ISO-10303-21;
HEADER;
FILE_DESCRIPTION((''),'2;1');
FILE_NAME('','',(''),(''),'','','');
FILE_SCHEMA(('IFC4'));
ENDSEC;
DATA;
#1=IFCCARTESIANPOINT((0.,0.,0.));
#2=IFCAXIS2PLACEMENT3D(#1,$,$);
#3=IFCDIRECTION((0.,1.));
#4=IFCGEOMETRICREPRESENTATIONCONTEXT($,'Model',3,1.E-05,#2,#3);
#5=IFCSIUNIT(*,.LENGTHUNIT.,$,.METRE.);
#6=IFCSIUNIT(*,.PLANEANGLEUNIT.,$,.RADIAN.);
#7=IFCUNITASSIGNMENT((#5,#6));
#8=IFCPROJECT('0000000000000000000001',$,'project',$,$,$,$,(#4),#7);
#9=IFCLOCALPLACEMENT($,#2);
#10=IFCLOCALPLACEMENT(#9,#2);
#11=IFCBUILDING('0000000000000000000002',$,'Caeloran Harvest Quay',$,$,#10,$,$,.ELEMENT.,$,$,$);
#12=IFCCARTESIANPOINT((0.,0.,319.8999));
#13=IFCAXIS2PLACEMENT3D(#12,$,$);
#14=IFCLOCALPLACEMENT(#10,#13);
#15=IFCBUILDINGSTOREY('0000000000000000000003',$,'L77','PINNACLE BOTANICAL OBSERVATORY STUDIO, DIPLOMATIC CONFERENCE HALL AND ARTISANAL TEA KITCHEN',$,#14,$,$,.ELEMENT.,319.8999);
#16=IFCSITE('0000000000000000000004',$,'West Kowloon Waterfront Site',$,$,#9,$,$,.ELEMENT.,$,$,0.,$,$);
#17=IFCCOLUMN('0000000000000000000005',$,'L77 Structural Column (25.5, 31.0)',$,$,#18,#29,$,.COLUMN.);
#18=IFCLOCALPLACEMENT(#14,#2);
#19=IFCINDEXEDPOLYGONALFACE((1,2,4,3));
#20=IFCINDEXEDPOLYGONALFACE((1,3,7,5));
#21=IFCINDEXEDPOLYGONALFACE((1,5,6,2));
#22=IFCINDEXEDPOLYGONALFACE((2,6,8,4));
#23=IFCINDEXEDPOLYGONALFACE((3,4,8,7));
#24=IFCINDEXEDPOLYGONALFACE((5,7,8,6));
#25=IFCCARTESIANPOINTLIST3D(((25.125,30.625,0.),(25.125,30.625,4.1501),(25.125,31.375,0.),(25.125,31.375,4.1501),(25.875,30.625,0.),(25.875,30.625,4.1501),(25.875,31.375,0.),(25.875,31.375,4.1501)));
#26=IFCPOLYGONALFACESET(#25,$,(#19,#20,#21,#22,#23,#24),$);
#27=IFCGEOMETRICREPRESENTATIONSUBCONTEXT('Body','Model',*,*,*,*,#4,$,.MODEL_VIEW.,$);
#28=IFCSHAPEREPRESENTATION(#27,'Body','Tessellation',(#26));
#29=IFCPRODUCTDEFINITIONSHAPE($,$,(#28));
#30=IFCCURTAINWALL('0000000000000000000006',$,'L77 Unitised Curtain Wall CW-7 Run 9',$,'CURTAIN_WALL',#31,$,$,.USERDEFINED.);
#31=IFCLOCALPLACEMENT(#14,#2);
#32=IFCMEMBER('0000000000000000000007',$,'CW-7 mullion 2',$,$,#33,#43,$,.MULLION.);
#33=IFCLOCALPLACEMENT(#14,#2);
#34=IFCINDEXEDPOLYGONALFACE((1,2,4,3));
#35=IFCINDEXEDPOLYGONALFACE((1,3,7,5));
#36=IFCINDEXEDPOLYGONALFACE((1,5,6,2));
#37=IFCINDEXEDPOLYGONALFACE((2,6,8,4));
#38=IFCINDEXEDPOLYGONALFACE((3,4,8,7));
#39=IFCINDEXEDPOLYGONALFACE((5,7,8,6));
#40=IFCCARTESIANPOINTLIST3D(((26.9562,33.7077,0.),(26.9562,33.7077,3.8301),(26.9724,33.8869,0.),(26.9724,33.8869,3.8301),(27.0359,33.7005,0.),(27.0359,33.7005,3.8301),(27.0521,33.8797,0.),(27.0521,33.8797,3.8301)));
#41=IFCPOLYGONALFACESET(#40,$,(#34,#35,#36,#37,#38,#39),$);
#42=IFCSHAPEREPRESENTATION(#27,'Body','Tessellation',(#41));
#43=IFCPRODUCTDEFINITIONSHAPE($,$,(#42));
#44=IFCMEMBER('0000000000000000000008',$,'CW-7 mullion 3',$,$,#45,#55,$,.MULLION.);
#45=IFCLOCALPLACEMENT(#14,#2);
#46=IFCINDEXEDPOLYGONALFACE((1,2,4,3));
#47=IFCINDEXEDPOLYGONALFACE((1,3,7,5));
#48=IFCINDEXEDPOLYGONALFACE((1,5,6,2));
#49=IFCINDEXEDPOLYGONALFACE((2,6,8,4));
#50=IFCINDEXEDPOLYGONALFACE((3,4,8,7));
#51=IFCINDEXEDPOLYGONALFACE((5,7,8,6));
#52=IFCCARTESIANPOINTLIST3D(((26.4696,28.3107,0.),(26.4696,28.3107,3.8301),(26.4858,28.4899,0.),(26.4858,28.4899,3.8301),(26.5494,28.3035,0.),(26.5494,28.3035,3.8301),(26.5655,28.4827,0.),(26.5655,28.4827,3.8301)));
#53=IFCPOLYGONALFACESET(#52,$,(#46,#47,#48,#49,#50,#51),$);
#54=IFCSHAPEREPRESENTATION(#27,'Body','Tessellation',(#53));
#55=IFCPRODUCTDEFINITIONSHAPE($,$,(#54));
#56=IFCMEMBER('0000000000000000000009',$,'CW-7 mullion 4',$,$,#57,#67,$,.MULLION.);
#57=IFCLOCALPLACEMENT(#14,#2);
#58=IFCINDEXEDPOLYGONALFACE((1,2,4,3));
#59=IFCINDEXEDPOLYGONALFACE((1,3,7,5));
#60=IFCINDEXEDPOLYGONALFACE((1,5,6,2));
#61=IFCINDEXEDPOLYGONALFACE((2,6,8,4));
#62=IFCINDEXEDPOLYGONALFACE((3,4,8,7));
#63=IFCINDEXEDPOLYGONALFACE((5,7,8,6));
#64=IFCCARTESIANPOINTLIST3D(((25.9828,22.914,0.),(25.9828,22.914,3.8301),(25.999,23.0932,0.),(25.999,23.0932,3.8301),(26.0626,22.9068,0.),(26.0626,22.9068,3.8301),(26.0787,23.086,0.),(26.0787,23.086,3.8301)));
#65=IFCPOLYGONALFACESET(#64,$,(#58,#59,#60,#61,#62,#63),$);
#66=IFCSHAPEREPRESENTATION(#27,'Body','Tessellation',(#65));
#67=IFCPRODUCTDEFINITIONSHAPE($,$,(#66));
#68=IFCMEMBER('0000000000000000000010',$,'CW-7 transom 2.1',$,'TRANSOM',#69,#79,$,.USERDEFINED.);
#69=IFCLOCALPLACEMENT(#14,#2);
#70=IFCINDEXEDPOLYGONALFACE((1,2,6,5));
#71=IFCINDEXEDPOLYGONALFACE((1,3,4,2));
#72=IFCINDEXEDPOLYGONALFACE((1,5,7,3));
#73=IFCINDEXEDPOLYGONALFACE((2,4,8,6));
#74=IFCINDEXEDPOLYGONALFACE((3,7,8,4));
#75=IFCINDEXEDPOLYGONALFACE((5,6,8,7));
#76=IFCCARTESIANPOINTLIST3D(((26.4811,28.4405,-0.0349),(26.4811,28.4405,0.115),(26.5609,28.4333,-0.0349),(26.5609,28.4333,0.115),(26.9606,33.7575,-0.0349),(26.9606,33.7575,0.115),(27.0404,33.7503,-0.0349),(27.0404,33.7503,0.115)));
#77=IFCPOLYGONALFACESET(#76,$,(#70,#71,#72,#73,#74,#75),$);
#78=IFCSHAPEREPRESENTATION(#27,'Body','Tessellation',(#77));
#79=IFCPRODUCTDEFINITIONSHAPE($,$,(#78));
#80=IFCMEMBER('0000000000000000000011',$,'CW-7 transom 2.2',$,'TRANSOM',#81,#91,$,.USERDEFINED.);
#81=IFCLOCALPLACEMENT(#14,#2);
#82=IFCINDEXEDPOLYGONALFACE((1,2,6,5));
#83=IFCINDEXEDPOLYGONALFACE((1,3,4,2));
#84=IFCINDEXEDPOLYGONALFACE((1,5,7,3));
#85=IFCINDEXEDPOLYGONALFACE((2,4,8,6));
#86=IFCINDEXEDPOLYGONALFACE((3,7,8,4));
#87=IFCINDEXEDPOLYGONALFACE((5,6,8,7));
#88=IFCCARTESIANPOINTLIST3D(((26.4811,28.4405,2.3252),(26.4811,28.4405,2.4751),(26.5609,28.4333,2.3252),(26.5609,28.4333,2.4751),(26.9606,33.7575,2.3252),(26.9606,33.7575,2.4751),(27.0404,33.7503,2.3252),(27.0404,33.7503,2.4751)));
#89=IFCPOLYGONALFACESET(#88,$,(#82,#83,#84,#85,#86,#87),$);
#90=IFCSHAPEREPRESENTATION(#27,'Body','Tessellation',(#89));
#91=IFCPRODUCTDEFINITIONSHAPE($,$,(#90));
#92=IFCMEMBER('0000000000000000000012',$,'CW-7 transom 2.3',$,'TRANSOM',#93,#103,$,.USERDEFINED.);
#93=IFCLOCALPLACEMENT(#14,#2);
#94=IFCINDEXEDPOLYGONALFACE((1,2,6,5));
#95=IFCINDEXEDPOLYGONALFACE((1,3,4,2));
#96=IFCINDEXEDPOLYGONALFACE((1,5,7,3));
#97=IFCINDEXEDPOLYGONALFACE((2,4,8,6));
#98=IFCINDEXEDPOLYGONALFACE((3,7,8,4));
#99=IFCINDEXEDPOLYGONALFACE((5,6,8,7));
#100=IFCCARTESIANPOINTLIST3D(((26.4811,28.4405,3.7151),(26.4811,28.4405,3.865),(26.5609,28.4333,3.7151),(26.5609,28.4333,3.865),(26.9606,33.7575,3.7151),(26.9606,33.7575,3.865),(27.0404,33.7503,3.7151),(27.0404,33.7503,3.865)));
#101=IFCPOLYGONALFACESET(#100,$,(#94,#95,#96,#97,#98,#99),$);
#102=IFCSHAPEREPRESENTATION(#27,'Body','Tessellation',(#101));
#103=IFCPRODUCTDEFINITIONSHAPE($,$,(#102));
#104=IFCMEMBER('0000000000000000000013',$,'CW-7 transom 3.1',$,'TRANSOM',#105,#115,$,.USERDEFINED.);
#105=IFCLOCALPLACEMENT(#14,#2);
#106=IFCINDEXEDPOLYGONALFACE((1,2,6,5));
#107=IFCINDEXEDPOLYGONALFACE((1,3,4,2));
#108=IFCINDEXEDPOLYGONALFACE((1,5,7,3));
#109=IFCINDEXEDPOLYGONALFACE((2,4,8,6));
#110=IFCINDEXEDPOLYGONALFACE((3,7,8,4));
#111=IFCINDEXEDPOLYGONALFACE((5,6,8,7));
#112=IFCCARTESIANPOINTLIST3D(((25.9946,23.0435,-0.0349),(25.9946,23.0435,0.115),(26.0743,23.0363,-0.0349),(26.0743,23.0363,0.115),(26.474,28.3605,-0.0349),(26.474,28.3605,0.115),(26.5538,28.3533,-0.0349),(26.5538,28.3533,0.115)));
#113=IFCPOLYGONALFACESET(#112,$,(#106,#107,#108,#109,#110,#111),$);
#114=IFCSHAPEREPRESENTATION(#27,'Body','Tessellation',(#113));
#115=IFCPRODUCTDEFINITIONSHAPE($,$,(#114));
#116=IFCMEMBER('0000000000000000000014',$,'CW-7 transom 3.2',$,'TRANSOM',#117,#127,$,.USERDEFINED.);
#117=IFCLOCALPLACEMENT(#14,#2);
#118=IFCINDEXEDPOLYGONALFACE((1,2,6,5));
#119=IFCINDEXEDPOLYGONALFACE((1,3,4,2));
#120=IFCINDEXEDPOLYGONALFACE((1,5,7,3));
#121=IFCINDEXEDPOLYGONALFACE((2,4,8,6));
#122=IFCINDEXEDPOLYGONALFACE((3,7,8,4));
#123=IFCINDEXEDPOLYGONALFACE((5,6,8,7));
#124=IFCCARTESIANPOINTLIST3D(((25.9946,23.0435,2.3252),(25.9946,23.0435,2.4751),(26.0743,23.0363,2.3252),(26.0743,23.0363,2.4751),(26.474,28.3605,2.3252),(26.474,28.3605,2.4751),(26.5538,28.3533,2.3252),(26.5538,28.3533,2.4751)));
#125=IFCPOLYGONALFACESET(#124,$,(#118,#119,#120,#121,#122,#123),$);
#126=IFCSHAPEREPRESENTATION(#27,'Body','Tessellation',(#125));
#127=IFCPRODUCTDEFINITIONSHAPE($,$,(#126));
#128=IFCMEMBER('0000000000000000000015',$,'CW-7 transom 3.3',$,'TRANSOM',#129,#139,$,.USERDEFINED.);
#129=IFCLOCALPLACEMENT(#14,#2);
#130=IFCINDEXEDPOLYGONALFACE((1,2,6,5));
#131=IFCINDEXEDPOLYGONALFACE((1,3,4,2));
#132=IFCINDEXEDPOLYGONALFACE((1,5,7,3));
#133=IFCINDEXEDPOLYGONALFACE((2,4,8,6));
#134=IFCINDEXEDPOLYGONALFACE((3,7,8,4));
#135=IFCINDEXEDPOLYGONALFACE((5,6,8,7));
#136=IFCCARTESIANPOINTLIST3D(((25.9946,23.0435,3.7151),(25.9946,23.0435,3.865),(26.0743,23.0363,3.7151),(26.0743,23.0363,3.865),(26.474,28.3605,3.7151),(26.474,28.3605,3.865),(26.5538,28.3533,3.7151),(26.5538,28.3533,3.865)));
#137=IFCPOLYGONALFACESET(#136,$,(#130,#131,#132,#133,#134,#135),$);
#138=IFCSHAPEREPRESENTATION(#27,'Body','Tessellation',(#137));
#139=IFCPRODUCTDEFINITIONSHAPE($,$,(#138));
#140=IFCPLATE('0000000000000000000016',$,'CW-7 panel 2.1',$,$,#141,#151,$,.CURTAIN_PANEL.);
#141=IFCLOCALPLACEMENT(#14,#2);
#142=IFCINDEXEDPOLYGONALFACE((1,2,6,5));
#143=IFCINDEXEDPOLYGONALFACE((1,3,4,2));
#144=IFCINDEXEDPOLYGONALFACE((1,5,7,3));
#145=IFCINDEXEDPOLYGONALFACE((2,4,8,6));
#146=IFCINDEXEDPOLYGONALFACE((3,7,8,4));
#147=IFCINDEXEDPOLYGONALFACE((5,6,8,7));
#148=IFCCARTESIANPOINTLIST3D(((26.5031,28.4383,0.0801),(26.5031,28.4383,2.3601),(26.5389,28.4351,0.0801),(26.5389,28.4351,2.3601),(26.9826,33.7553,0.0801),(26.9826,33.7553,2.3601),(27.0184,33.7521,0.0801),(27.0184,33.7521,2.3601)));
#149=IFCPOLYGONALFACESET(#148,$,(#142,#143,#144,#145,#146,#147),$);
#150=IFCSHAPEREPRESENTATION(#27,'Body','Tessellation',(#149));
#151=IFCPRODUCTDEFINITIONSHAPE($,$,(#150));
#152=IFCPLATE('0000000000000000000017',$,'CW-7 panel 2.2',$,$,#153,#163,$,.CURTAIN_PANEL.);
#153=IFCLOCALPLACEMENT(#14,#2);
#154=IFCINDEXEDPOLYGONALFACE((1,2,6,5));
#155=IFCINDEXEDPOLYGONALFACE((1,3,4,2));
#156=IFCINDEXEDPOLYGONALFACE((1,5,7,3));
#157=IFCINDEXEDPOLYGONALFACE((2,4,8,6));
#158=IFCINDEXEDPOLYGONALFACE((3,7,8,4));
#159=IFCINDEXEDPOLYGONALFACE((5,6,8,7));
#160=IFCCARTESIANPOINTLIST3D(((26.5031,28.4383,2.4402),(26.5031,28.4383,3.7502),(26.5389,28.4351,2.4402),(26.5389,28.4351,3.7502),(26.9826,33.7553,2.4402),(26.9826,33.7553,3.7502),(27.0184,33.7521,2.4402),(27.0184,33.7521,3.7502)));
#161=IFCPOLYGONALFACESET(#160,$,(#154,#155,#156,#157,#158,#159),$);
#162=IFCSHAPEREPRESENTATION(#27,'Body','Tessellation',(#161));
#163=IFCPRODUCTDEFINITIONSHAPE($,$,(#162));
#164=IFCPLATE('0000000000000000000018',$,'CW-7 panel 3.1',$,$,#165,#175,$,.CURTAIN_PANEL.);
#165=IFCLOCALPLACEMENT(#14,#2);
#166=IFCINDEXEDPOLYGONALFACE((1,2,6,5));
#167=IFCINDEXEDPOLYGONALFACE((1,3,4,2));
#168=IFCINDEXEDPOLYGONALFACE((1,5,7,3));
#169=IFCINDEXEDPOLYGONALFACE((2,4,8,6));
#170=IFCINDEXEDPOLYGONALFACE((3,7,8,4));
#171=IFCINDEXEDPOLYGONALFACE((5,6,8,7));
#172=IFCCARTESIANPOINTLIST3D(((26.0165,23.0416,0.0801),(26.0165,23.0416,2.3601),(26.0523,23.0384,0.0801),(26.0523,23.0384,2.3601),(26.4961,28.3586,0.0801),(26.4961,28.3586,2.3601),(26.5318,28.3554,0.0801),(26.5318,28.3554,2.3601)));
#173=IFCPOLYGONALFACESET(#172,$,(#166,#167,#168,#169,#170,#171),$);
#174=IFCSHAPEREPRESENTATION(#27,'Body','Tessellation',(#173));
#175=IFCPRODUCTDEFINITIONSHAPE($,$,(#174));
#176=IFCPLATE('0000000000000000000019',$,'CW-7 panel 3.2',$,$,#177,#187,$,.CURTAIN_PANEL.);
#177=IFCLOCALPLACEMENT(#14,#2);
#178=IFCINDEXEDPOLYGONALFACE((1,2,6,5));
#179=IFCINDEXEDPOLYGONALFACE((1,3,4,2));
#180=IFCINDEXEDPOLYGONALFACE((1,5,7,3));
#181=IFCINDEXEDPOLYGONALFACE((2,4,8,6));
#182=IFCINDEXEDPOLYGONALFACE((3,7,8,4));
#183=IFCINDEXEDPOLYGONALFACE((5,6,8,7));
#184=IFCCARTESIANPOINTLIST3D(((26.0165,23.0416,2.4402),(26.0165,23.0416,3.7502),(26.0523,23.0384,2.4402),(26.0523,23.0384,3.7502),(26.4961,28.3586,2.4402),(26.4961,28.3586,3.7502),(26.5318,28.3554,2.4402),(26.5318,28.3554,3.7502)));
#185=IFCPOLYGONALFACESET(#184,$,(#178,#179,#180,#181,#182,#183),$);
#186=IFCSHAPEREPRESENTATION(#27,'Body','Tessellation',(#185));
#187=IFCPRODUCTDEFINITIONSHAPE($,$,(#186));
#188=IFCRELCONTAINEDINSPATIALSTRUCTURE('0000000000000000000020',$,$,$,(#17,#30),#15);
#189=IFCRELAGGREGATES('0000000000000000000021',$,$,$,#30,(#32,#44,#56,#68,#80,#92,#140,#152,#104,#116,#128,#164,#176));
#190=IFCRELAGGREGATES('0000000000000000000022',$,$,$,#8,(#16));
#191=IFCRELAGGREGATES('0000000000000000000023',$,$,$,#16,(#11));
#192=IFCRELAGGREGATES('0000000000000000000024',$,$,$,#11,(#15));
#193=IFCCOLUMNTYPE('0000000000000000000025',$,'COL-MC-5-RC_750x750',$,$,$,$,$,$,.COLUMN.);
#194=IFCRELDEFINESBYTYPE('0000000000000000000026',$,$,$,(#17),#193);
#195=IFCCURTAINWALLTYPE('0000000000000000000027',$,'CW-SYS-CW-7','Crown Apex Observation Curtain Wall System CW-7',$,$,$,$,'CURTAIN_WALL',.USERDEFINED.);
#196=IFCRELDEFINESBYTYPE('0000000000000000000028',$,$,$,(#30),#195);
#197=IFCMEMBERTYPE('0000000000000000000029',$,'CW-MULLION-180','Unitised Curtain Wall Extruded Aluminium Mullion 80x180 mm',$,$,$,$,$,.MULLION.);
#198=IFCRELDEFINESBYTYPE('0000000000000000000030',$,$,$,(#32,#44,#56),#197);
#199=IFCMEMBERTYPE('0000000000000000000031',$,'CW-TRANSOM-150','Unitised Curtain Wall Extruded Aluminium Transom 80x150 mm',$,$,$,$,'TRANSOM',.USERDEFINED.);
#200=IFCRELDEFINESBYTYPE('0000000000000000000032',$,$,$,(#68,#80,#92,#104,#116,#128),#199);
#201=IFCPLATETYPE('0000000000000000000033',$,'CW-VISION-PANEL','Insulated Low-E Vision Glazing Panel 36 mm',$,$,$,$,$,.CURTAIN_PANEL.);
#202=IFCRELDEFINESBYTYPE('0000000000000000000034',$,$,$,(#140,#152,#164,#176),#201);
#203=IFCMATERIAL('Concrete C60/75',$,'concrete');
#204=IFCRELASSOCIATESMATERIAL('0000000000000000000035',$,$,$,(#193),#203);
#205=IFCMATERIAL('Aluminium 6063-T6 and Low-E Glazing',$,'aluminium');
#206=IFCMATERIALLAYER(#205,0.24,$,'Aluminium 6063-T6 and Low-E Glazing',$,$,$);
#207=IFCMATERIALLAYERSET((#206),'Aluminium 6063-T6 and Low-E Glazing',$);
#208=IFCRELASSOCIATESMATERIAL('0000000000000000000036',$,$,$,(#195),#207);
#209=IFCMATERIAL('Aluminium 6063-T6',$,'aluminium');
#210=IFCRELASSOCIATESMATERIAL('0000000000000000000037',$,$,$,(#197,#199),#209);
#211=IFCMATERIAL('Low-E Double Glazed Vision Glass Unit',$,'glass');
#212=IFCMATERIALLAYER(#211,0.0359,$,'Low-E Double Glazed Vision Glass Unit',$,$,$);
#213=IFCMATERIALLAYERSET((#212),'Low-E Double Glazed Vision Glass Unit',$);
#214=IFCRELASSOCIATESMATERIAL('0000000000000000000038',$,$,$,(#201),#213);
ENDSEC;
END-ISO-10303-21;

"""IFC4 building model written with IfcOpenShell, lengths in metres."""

from ifc_helpers import new_model, si_unit, direction, frame, origin, origin_2d, place, context, subcontext, project, spatial, rectangle, extrude, material, layer, layer_set, material_profile, profile_set, type_object, element, aggregate, save


model = new_model("IFC4")

# Units and contexts
model_context = context("Model", 3, precision=1e-05, world=origin(), true_north=direction((0.0, 1.0)))
body_context = subcontext(model_context, "Body", "Model", "MODEL_VIEW")
ifc_project = project(units=[si_unit("LENGTHUNIT", "METRE"), si_unit("PLANEANGLEUNIT", "RADIAN")], contexts=[model_context])

# Site, building, storey
site_placement = place(None, origin())
site = spatial("IfcSite", under=ifc_project, at=site_placement, Name="West Kowloon Waterfront Site", CompositionType="ELEMENT", RefElevation=0.0)
building_placement = place(site_placement, origin())
building = spatial("IfcBuilding", under=site, at=building_placement, Name="Caeloran Harvest Quay", CompositionType="ELEMENT")
storey_placement = place(building_placement, frame((0.0, 0.0, 319.8999)))
storey = spatial("IfcBuildingStorey", under=building, at=storey_placement, Name="L77", Description="PINNACLE BOTANICAL OBSERVATORY STUDIO, DIPLOMATIC CONFERENCE HALL AND ARTISANAL TEA KITCHEN", CompositionType="ELEMENT", Elevation=319.8999)

# Column
ifc_material_1 = material(Name="Concrete C60/75", Category="concrete")
ifc_material_profile_1 = material_profile(ifc_material_1, rectangle(XDim=0.75, YDim=0.75, at=origin_2d()), Name="RC 750x750")
ifc_profile_set_1 = profile_set([ifc_material_profile_1], Name="Concrete C60/75")
column_type = type_object("IfcColumnType", Name="COL-MC-5-RC_750x750", PredefinedType="COLUMN", material=ifc_profile_set_1)
column_placement = place(storey_placement, frame((25.5, 31.0, 0.0), z_axis=(0.0, 0.0, 1.0), x_axis=(1.0, 0.0, 0.0)))
element("IfcColumn", 1, at=column_placement, inside=storey, type_object=column_type, Name="L77 Structural Column (25.5, 31.0)", PredefinedType="COLUMN", context=body_context, shape_type="SweptSolid", body=[
    extrude(rectangle(XDim=0.75, YDim=0.75, at=origin_2d()), origin(), (0.0, 0.0, 1.0), 4.1501),
])

# Curtain wall, members, plates
ifc_material_2 = material(Name="Aluminium 6063-T6 and Low-E Glazing", Category="aluminium")
ifc_layer_1 = layer(ifc_material_2, 0.24, Name="Aluminium 6063-T6 and Low-E Glazing")
ifc_layer_set_1 = layer_set([ifc_layer_1], Name="Aluminium 6063-T6 and Low-E Glazing")
curtain_wall_type = type_object("IfcCurtainWallType", Name="CW-SYS-CW-7", Description="Crown Apex Observation Curtain Wall System CW-7", ElementType="CURTAIN_WALL", PredefinedType="USERDEFINED", material=ifc_layer_set_1)
curtain_wall_placement = place(storey_placement, origin())
curtain_wall = element("IfcCurtainWall", 2, at=curtain_wall_placement, inside=storey, type_object=curtain_wall_type, Name="L77 Unitised Curtain Wall CW-7 Run 9", ObjectType="CURTAIN_WALL", PredefinedType="USERDEFINED")
ifc_material_3 = material(Name="Aluminium 6063-T6", Category="aluminium")
ifc_material_profile_2 = material_profile(ifc_material_3, rectangle(XDim=0.0801, YDim=0.1799, at=origin_2d()), Name="CW-MULLION-180")
ifc_profile_set_2 = profile_set([ifc_material_profile_2], Name="Aluminium 6063-T6")
member_type_1 = type_object("IfcMemberType", Name="CW-MULLION-180", Description="Unitised Curtain Wall Extruded Aluminium Mullion 80x180 mm", PredefinedType="MULLION", material=ifc_profile_set_2)
member_1_placement = place(storey_placement, frame((27.0042, 33.7937, 0.0), z_axis=(0.0, 0.0, 1.0), x_axis=(0.995958, -0.089821, 0.0)))
member_1 = element("IfcMember", 3, at=member_1_placement, type_object=member_type_1, Name="CW-7 mullion 2", PredefinedType="MULLION", context=body_context, shape_type="SweptSolid", body=[
    extrude(rectangle(XDim=0.0801, YDim=0.1799, at=origin_2d()), origin(), (0.0, 0.0, 1.0), 3.8301),
])
member_2_placement = place(storey_placement, frame((26.5176, 28.3967, 0.0), z_axis=(0.0, 0.0, 1.0), x_axis=(0.995958, -0.089821, 0.0)))
member_2 = element("IfcMember", 4, at=member_2_placement, type_object=member_type_1, Name="CW-7 mullion 3", PredefinedType="MULLION", context=body_context, shape_type="SweptSolid", body=[
    extrude(rectangle(XDim=0.0801, YDim=0.1799, at=origin_2d()), origin(), (0.0, 0.0, 1.0), 3.8301),
])
member_3_placement = place(storey_placement, frame((26.0308, 23.0, 0.0), z_axis=(0.0, 0.0, 1.0), x_axis=(0.995958, -0.089821, 0.0)))
member_3 = element("IfcMember", 5, at=member_3_placement, type_object=member_type_1, Name="CW-7 mullion 4", PredefinedType="MULLION", context=body_context, shape_type="SweptSolid", body=[
    extrude(rectangle(XDim=0.0801, YDim=0.1799, at=origin_2d()), origin(), (0.0, 0.0, 1.0), 3.8301),
])
ifc_material_profile_3 = material_profile(ifc_material_3, rectangle(XDim=0.0801, YDim=0.1499, at=origin_2d()), Name="CW-TRANSOM-150")
ifc_profile_set_3 = profile_set([ifc_material_profile_3], Name="Aluminium 6063-T6")
member_type_2 = type_object("IfcMemberType", Name="CW-TRANSOM-150", Description="Unitised Curtain Wall Extruded Aluminium Transom 80x150 mm", ElementType="TRANSOM", PredefinedType="USERDEFINED", material=ifc_profile_set_3)
member_4_placement = place(storey_placement, frame((27.0005, 33.7539, 0.04), z_axis=(-0.089814, -0.995959, 0.0), x_axis=(0.995959, -0.089814, 0.0)))
member_4 = element("IfcMember", 6, at=member_4_placement, type_object=member_type_2, Name="CW-7 transom 2.1", ObjectType="TRANSOM", PredefinedType="USERDEFINED", context=body_context, shape_type="SweptSolid", body=[
    extrude(rectangle(XDim=0.0801, YDim=0.1499, at=origin_2d()), origin(), (0.0, 0.0, 1.0), 5.3386),
])
member_5_placement = place(storey_placement, frame((27.0005, 33.7539, 2.4001), z_axis=(-0.089814, -0.995959, 0.0), x_axis=(0.995959, -0.089814, 0.0)))
member_5 = element("IfcMember", 7, at=member_5_placement, type_object=member_type_2, Name="CW-7 transom 2.2", ObjectType="TRANSOM", PredefinedType="USERDEFINED", context=body_context, shape_type="SweptSolid", body=[
    extrude(rectangle(XDim=0.0801, YDim=0.1499, at=origin_2d()), origin(), (0.0, 0.0, 1.0), 5.3386),
])
member_6_placement = place(storey_placement, frame((27.0005, 33.7539, 3.79), z_axis=(-0.089814, -0.995959, 0.0), x_axis=(0.995959, -0.089814, 0.0)))
member_6 = element("IfcMember", 8, at=member_6_placement, type_object=member_type_2, Name="CW-7 transom 2.3", ObjectType="TRANSOM", PredefinedType="USERDEFINED", context=body_context, shape_type="SweptSolid", body=[
    extrude(rectangle(XDim=0.0801, YDim=0.1499, at=origin_2d()), origin(), (0.0, 0.0, 1.0), 5.3386),
])
member_7_placement = place(storey_placement, frame((26.5139, 28.3569, 0.04), z_axis=(-0.089814, -0.995959, 0.0), x_axis=(0.995959, -0.089814, 0.0)))
member_7 = element("IfcMember", 9, at=member_7_placement, type_object=member_type_2, Name="CW-7 transom 3.1", ObjectType="TRANSOM", PredefinedType="USERDEFINED", context=body_context, shape_type="SweptSolid", body=[
    extrude(rectangle(XDim=0.0801, YDim=0.1499, at=origin_2d()), origin(), (0.0, 0.0, 1.0), 5.3386),
])
member_8_placement = place(storey_placement, frame((26.5139, 28.3569, 2.4001), z_axis=(-0.089814, -0.995959, 0.0), x_axis=(0.995959, -0.089814, 0.0)))
member_8 = element("IfcMember", 10, at=member_8_placement, type_object=member_type_2, Name="CW-7 transom 3.2", ObjectType="TRANSOM", PredefinedType="USERDEFINED", context=body_context, shape_type="SweptSolid", body=[
    extrude(rectangle(XDim=0.0801, YDim=0.1499, at=origin_2d()), origin(), (0.0, 0.0, 1.0), 5.3386),
])
member_9_placement = place(storey_placement, frame((26.5139, 28.3569, 3.79), z_axis=(-0.089814, -0.995959, 0.0), x_axis=(0.995959, -0.089814, 0.0)))
member_9 = element("IfcMember", 11, at=member_9_placement, type_object=member_type_2, Name="CW-7 transom 3.3", ObjectType="TRANSOM", PredefinedType="USERDEFINED", context=body_context, shape_type="SweptSolid", body=[
    extrude(rectangle(XDim=0.0801, YDim=0.1499, at=origin_2d()), origin(), (0.0, 0.0, 1.0), 5.3386),
])
ifc_material_4 = material(Name="Low-E Double Glazed Vision Glass Unit", Category="glass")
ifc_layer_2 = layer(ifc_material_4, 0.0359, Name="Low-E Double Glazed Vision Glass Unit")
ifc_layer_set_2 = layer_set([ifc_layer_2], Name="Low-E Double Glazed Vision Glass Unit")
plate_type = type_object("IfcPlateType", Name="CW-VISION-PANEL", Description="Insulated Low-E Vision Glazing Panel 36 mm", PredefinedType="CURTAIN_PANEL", material=ifc_layer_set_2)
plate_1_placement = place(storey_placement, frame((26.7607, 31.0952, 0.0801), z_axis=(0.0, 0.0, 1.0), x_axis=(-0.089821, -0.995958, 0.0)))
plate_1 = element("IfcPlate", 12, at=plate_1_placement, type_object=plate_type, Name="CW-7 panel 2.1", PredefinedType="CURTAIN_PANEL", context=body_context, shape_type="SweptSolid", body=[
    extrude(rectangle(XDim=5.3386, YDim=0.0359, at=origin_2d()), origin(), (0.0, 0.0, 1.0), 2.28),
])
plate_2_placement = place(storey_placement, frame((26.7607, 31.0952, 2.4402), z_axis=(0.0, 0.0, 1.0), x_axis=(-0.089821, -0.995958, 0.0)))
plate_2 = element("IfcPlate", 13, at=plate_2_placement, type_object=plate_type, Name="CW-7 panel 2.2", PredefinedType="CURTAIN_PANEL", context=body_context, shape_type="SweptSolid", body=[
    extrude(rectangle(XDim=5.3386, YDim=0.0359, at=origin_2d()), origin(), (0.0, 0.0, 1.0), 1.3101),
])
plate_3_placement = place(storey_placement, frame((26.2742, 25.6985, 0.0801), z_axis=(0.0, 0.0, 1.0), x_axis=(-0.089821, -0.995958, 0.0)))
plate_3 = element("IfcPlate", 14, at=plate_3_placement, type_object=plate_type, Name="CW-7 panel 3.1", PredefinedType="CURTAIN_PANEL", context=body_context, shape_type="SweptSolid", body=[
    extrude(rectangle(XDim=5.3386, YDim=0.0359, at=origin_2d()), origin(), (0.0, 0.0, 1.0), 2.28),
])
plate_4_placement = place(storey_placement, frame((26.2742, 25.6985, 2.4402), z_axis=(0.0, 0.0, 1.0), x_axis=(-0.089821, -0.995958, 0.0)))
plate_4 = element("IfcPlate", 15, at=plate_4_placement, type_object=plate_type, Name="CW-7 panel 3.2", PredefinedType="CURTAIN_PANEL", context=body_context, shape_type="SweptSolid", body=[
    extrude(rectangle(XDim=5.3386, YDim=0.0359, at=origin_2d()), origin(), (0.0, 0.0, 1.0), 1.3101),
])
aggregate(curtain_wall, [member_1, member_2, member_3, member_4, member_5, member_6, plate_1, plate_2, member_7, member_8, member_9, plate_3, plate_4])

save(model, "model.ifc")
